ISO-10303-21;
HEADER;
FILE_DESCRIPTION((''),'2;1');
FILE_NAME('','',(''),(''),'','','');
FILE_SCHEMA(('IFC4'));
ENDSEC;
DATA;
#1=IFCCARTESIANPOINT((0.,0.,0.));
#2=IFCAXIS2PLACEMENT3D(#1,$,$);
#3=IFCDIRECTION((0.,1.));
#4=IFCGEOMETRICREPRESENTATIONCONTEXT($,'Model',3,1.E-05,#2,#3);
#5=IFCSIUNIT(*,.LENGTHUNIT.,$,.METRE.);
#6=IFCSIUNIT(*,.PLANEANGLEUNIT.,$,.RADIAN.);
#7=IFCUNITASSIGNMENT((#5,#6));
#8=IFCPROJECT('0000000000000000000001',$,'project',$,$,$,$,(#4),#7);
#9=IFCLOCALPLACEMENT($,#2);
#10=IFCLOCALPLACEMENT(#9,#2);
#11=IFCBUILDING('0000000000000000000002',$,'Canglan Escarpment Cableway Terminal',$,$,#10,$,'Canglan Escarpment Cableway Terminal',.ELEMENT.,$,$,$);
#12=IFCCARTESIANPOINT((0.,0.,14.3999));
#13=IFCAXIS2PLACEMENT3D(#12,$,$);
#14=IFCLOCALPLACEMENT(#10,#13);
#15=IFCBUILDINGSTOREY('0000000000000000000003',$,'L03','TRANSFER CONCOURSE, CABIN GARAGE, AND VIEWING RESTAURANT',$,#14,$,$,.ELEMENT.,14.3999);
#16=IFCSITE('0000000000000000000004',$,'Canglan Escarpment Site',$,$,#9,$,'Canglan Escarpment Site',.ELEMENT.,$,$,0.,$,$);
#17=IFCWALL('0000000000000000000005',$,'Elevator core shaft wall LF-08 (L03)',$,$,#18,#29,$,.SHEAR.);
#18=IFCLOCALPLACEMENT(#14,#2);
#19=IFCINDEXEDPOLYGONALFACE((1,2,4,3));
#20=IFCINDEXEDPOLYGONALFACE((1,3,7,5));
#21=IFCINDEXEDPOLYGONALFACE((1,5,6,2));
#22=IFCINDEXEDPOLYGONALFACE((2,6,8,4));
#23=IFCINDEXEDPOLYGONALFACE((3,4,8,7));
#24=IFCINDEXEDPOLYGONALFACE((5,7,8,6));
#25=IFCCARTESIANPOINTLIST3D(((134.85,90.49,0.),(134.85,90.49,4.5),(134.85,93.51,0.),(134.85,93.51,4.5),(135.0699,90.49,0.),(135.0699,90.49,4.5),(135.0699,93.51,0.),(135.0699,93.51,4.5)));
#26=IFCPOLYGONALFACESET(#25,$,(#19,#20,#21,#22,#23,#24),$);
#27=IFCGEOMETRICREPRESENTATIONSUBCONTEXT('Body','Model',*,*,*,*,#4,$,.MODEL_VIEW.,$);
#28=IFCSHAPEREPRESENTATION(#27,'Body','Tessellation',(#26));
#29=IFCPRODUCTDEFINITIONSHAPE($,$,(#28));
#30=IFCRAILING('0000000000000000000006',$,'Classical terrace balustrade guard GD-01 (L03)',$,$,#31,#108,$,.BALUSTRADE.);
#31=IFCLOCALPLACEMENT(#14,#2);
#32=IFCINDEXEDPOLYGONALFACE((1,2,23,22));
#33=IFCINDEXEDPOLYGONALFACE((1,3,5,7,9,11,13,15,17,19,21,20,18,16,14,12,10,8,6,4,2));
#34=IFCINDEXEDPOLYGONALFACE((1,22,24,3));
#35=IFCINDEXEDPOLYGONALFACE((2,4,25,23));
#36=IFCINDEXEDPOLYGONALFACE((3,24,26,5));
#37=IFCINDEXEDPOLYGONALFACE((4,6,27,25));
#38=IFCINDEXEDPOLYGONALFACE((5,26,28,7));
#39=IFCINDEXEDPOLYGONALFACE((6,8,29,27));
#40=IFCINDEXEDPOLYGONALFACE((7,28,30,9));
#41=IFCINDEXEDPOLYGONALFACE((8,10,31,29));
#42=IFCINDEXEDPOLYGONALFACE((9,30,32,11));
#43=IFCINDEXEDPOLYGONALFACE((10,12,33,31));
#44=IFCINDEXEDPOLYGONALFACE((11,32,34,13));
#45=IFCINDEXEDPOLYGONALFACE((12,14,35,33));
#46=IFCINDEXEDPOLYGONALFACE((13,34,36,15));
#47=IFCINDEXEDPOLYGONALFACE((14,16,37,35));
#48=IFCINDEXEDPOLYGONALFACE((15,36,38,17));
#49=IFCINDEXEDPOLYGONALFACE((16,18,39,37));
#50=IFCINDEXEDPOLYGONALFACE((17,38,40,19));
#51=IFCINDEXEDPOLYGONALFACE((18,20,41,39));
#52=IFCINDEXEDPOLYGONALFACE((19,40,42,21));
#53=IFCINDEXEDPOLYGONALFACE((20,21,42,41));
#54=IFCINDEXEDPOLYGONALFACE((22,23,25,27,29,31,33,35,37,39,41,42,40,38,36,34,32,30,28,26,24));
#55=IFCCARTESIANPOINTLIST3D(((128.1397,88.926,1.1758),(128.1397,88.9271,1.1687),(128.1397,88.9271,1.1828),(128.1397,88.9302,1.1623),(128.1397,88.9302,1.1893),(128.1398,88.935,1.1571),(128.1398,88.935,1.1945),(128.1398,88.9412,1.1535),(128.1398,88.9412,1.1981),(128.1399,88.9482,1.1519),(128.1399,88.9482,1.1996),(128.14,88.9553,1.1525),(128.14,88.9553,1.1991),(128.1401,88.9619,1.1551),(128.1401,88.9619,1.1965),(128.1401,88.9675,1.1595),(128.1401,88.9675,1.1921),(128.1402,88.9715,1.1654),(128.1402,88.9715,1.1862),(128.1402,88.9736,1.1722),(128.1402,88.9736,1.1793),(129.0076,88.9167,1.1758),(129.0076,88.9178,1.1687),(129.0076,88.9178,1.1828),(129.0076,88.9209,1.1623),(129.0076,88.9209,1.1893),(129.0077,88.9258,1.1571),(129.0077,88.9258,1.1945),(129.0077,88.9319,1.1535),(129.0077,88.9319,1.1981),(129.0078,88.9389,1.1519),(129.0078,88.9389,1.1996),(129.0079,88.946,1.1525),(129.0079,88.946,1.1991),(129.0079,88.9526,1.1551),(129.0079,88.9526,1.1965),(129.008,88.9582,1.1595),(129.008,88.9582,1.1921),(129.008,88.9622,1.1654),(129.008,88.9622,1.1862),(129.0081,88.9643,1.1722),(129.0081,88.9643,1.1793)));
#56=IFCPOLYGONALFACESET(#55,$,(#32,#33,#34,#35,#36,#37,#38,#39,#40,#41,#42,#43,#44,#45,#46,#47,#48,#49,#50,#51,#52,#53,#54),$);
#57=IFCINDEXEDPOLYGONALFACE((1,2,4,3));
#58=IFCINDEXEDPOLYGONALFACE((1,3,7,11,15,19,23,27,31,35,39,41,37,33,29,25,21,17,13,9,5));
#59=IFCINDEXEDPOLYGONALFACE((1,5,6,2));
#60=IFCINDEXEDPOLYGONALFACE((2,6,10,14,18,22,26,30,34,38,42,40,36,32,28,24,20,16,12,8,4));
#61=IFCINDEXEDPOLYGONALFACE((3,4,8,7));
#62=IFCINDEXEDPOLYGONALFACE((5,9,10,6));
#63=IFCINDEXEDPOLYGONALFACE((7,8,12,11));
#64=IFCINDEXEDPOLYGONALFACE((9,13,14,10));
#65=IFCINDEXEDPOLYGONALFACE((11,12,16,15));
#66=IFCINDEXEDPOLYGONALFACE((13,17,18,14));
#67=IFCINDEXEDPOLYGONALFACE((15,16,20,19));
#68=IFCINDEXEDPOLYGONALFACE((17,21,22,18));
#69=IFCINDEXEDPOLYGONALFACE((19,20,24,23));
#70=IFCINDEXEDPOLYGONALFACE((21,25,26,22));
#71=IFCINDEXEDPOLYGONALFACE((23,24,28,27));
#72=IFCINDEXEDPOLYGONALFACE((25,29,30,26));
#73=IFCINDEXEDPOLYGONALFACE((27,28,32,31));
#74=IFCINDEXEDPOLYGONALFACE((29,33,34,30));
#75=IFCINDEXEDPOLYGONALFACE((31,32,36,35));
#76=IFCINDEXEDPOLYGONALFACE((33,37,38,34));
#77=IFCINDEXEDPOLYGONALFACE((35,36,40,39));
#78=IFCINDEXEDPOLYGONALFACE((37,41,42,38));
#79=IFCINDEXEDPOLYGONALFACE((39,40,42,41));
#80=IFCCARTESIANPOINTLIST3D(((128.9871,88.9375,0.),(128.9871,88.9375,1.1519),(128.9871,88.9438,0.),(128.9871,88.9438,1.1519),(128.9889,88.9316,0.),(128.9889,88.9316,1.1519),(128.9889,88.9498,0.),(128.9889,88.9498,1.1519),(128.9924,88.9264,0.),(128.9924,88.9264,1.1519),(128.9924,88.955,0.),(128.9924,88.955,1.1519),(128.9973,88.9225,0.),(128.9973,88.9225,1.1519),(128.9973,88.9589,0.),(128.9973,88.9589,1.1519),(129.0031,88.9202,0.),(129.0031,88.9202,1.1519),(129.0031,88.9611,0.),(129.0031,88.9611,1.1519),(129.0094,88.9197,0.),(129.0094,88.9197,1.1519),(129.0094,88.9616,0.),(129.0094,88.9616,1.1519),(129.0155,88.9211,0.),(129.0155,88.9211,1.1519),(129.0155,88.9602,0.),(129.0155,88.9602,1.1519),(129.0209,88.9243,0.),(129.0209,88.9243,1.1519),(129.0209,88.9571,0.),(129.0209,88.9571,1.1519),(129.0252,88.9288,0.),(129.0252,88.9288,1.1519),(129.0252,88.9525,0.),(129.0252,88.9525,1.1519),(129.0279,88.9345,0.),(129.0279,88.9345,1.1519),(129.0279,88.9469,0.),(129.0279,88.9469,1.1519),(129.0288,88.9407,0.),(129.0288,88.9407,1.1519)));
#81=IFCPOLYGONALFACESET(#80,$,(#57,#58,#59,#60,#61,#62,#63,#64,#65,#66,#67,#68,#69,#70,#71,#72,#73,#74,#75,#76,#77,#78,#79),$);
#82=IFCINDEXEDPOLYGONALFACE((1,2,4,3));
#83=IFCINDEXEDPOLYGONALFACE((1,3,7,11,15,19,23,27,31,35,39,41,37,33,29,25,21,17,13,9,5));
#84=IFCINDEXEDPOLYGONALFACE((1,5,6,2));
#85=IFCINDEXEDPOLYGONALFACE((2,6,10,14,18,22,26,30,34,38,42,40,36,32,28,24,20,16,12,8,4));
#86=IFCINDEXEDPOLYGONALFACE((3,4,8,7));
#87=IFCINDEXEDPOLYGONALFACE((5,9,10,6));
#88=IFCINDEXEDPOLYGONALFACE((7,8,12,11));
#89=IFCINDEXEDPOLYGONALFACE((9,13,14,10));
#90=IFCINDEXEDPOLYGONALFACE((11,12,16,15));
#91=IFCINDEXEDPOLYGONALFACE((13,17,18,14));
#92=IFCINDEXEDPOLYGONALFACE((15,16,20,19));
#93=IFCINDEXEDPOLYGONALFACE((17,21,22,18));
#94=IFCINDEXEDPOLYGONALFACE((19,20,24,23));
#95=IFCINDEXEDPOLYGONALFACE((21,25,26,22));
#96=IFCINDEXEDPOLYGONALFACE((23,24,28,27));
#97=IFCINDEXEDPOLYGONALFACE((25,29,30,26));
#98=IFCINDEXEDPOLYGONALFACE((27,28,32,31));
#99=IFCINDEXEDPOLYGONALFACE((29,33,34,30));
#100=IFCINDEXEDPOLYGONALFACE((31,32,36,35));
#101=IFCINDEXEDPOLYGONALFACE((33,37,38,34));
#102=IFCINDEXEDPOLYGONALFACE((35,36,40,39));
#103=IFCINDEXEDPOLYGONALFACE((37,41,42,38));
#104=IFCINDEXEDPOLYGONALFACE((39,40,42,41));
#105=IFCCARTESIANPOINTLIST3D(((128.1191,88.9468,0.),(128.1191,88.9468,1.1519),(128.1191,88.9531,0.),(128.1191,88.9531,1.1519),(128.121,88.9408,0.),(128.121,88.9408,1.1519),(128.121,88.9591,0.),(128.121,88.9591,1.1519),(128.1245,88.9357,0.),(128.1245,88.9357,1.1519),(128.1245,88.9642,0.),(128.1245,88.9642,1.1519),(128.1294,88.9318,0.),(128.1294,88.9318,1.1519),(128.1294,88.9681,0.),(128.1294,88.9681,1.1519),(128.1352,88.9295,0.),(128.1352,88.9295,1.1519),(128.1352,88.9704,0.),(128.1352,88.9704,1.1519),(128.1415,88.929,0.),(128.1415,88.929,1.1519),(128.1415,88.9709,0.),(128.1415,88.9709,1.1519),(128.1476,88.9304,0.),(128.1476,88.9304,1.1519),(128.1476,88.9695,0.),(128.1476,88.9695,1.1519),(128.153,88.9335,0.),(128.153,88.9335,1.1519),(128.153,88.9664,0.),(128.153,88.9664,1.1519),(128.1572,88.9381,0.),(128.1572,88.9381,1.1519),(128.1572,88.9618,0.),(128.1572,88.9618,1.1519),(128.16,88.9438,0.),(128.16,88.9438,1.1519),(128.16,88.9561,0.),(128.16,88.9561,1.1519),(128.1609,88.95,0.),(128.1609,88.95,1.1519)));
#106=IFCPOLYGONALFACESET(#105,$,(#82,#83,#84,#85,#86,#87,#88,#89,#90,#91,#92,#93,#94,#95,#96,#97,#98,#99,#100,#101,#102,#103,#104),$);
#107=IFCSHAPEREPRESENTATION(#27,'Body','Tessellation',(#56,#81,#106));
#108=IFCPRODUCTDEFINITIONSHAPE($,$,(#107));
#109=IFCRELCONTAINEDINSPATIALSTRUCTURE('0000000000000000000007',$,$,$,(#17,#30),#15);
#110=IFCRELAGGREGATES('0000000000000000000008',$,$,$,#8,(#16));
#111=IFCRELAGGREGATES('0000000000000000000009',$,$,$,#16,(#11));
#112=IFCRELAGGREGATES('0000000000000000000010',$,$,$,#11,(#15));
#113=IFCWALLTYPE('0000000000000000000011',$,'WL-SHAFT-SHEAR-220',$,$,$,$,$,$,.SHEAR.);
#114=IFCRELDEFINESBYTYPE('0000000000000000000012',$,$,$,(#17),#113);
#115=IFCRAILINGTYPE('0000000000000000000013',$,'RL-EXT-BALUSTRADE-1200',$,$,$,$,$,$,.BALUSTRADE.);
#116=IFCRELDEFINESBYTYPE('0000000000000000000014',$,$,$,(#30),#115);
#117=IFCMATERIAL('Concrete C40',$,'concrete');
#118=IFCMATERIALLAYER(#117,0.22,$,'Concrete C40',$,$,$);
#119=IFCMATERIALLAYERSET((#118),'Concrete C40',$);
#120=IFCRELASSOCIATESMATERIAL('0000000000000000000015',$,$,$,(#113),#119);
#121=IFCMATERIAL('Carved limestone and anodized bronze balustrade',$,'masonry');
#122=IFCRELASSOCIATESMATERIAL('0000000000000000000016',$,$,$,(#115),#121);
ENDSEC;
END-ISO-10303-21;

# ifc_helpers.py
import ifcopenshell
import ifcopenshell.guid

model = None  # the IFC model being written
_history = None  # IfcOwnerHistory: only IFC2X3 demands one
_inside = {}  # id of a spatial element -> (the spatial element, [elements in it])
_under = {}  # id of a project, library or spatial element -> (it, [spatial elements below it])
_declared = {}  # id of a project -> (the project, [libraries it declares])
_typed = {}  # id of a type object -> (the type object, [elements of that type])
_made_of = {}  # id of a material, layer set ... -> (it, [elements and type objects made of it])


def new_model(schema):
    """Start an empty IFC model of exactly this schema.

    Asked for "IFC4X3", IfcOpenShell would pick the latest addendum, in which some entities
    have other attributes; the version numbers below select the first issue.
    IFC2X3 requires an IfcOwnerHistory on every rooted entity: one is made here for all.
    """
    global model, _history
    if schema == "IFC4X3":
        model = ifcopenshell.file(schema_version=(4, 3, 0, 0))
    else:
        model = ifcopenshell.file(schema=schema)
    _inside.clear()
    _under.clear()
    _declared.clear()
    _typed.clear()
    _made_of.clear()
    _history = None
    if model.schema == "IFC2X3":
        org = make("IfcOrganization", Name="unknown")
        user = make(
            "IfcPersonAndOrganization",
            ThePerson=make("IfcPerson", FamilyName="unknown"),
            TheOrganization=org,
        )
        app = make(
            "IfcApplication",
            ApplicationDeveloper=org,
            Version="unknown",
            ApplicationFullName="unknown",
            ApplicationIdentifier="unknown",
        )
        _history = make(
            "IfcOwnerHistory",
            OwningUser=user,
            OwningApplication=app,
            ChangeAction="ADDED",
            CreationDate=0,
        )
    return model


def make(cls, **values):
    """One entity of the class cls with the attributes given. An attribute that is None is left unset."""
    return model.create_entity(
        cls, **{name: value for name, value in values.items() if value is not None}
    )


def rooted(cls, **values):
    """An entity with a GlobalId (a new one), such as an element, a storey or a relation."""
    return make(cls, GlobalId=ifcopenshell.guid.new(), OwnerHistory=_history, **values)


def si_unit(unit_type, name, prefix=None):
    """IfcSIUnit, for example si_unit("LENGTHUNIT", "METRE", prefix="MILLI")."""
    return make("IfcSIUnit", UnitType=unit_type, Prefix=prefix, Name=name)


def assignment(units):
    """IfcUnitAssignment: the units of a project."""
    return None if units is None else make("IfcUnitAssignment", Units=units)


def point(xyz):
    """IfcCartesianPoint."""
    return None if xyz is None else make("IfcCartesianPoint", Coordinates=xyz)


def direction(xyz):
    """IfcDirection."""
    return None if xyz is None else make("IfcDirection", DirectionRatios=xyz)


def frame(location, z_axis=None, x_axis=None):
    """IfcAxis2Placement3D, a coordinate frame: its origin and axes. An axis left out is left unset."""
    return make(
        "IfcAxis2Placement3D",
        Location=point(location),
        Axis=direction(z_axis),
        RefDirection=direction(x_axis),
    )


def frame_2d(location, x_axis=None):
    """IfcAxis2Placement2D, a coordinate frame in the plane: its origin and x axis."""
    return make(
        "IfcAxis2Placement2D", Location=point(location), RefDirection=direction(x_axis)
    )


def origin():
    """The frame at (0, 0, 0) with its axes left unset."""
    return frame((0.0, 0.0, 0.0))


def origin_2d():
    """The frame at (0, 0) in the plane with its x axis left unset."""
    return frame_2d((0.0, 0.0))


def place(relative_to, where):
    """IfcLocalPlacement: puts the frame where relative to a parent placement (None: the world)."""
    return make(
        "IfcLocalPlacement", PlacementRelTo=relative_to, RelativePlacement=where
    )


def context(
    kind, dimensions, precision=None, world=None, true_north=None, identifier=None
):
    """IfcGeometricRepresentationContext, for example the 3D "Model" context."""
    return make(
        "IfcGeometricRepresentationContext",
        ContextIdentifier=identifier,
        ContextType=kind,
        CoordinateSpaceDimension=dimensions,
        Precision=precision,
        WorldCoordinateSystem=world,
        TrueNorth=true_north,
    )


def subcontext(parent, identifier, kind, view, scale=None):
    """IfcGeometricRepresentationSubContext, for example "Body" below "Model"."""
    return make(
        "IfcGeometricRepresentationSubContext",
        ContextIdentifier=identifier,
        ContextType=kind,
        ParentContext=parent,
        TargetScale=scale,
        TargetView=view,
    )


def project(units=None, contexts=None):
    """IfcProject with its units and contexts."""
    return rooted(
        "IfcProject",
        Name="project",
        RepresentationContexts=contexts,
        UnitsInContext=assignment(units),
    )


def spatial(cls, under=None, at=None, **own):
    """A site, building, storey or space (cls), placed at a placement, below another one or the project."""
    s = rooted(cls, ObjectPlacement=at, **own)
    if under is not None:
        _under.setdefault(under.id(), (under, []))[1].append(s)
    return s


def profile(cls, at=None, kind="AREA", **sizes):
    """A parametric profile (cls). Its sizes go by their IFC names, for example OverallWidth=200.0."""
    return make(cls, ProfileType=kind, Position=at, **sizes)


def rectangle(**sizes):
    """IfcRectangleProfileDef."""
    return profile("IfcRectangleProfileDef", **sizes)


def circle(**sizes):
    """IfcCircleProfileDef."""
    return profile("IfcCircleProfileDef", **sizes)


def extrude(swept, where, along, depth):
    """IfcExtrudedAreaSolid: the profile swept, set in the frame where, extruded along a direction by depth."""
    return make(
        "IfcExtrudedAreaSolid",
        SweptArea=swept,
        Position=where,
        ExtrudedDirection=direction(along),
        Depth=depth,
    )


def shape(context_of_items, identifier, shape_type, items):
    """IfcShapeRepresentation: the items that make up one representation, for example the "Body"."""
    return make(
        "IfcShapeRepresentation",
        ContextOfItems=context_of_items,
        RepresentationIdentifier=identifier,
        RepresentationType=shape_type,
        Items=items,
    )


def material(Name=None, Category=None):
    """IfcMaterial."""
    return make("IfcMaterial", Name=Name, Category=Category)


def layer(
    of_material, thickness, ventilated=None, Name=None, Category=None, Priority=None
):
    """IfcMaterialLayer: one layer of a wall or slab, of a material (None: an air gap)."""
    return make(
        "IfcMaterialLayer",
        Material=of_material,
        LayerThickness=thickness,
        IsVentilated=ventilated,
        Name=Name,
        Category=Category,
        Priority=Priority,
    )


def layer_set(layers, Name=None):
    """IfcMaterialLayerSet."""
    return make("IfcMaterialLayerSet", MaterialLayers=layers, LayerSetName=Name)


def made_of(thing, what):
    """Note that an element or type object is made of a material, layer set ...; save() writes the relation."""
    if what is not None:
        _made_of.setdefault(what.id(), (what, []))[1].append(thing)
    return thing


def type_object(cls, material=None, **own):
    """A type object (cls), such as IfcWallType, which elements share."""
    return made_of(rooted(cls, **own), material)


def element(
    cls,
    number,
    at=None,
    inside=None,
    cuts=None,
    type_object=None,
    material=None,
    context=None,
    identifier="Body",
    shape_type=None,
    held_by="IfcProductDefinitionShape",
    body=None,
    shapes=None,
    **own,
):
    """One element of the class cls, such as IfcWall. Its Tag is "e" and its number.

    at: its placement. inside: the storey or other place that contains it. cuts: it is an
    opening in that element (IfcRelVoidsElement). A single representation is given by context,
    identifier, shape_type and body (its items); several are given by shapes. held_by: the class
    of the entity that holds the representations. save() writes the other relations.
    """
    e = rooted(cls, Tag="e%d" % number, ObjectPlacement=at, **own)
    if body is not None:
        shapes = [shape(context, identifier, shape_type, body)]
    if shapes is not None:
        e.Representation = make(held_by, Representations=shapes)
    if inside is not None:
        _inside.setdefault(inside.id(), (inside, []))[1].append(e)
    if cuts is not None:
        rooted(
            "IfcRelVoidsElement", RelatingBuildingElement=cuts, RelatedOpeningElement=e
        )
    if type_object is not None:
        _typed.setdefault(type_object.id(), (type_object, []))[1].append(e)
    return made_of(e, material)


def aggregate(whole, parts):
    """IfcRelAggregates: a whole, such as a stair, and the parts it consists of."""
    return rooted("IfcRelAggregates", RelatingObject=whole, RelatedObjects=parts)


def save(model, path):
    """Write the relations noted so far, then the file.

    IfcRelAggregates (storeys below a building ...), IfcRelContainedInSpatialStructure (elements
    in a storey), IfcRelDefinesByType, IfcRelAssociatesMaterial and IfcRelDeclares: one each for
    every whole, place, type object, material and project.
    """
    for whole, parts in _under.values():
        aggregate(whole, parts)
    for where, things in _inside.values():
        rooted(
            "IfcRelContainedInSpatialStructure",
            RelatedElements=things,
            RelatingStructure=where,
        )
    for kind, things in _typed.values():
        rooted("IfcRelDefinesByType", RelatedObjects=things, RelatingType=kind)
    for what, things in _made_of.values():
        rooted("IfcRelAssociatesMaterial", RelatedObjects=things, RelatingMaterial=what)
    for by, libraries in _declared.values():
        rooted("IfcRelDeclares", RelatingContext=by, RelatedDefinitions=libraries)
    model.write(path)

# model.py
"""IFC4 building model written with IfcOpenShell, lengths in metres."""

from ifc_helpers import new_model, si_unit, direction, frame, frame_2d, origin, origin_2d, place, context, subcontext, project, spatial, rectangle, circle, extrude, material, layer, layer_set, type_object, element, save


model = new_model("IFC4")

# Units and contexts
model_context = context("Model", 3, precision=1e-05, world=origin(), true_north=direction((0.0, 1.0)))
body_context = subcontext(model_context, "Body", "Model", "MODEL_VIEW")
ifc_project = project(units=[si_unit("LENGTHUNIT", "METRE"), si_unit("PLANEANGLEUNIT", "RADIAN")], contexts=[model_context])

# Site, building, storey
site_placement = place(None, origin())
site = spatial("IfcSite", under=ifc_project, at=site_placement, Name="Canglan Escarpment Site", LongName="Canglan Escarpment Site", CompositionType="ELEMENT", RefElevation=0.0)
building_placement = place(site_placement, origin())
building = spatial("IfcBuilding", under=site, at=building_placement, Name="Canglan Escarpment Cableway Terminal", LongName="Canglan Escarpment Cableway Terminal", CompositionType="ELEMENT")
storey_placement = place(building_placement, frame((0.0, 0.0, 14.3999)))
storey = spatial("IfcBuildingStorey", under=building, at=storey_placement, Name="L03", Description="TRANSFER CONCOURSE, CABIN GARAGE, AND VIEWING RESTAURANT", CompositionType="ELEMENT", Elevation=14.3999)

# Shared definitions
ifc_material_1 = material(Name="Concrete C40", Category="concrete")

# Wall
ifc_layer_1 = layer(ifc_material_1, 0.22, Name="Concrete C40")
ifc_layer_set_1 = layer_set([ifc_layer_1], Name="Concrete C40")
wall_type_1 = type_object("IfcWallType", Name="WL-SHAFT-SHEAR-220", PredefinedType="SHEAR", material=ifc_layer_set_1)
wall_1_placement = place(storey_placement, frame((134.96, 90.49, 0.0), z_axis=(0.0, 0.0, 1.0), x_axis=(0.0, 1.0, 0.0)))
element("IfcWall", 1, at=wall_1_placement, inside=storey, type_object=wall_type_1, Name="Elevator core shaft wall LF-08 (L03)", PredefinedType="SHEAR", context=body_context, shape_type="SweptSolid", body=[
    extrude(rectangle(XDim=3.02, YDim=0.22, at=frame_2d((1.51, 0.0))), origin(), (0.0, 0.0, 1.0), 4.5),
])

# Railing
ifc_material_2 = material(Name="Carved limestone and anodized bronze balustrade", Category="masonry")
railing_type = type_object("IfcRailingType", Name="RL-EXT-BALUSTRADE-1200", PredefinedType="BALUSTRADE", material=ifc_material_2)
railing_1_placement = place(storey_placement, frame((129.0078, 88.9407, 0.0)))
element("IfcRailing", 2, at=railing_1_placement, inside=storey, type_object=railing_type, Name="Classical terrace balustrade guard GD-01 (L03)", PredefinedType="BALUSTRADE", context=body_context, shape_type="SweptSolid", body=[
    extrude(circle(Radius=0.0239, at=origin_2d()), frame((0.0, 0.0, 1.1758), z_axis=(-0.999943, 0.010689, 0.0), x_axis=(-0.010689, -0.999943, 0.0)), (0.0, 0.0, 1.0), 0.8679),
    extrude(circle(Radius=0.021, at=origin_2d()), origin(), (0.0, 0.0, 1.0), 1.1519),
    extrude(circle(Radius=0.021, at=origin_2d()), frame((-0.8679, 0.0093, 0.0)), (0.0, 0.0, 1.0), 1.1519),
])

save(model, "model.ifc")
